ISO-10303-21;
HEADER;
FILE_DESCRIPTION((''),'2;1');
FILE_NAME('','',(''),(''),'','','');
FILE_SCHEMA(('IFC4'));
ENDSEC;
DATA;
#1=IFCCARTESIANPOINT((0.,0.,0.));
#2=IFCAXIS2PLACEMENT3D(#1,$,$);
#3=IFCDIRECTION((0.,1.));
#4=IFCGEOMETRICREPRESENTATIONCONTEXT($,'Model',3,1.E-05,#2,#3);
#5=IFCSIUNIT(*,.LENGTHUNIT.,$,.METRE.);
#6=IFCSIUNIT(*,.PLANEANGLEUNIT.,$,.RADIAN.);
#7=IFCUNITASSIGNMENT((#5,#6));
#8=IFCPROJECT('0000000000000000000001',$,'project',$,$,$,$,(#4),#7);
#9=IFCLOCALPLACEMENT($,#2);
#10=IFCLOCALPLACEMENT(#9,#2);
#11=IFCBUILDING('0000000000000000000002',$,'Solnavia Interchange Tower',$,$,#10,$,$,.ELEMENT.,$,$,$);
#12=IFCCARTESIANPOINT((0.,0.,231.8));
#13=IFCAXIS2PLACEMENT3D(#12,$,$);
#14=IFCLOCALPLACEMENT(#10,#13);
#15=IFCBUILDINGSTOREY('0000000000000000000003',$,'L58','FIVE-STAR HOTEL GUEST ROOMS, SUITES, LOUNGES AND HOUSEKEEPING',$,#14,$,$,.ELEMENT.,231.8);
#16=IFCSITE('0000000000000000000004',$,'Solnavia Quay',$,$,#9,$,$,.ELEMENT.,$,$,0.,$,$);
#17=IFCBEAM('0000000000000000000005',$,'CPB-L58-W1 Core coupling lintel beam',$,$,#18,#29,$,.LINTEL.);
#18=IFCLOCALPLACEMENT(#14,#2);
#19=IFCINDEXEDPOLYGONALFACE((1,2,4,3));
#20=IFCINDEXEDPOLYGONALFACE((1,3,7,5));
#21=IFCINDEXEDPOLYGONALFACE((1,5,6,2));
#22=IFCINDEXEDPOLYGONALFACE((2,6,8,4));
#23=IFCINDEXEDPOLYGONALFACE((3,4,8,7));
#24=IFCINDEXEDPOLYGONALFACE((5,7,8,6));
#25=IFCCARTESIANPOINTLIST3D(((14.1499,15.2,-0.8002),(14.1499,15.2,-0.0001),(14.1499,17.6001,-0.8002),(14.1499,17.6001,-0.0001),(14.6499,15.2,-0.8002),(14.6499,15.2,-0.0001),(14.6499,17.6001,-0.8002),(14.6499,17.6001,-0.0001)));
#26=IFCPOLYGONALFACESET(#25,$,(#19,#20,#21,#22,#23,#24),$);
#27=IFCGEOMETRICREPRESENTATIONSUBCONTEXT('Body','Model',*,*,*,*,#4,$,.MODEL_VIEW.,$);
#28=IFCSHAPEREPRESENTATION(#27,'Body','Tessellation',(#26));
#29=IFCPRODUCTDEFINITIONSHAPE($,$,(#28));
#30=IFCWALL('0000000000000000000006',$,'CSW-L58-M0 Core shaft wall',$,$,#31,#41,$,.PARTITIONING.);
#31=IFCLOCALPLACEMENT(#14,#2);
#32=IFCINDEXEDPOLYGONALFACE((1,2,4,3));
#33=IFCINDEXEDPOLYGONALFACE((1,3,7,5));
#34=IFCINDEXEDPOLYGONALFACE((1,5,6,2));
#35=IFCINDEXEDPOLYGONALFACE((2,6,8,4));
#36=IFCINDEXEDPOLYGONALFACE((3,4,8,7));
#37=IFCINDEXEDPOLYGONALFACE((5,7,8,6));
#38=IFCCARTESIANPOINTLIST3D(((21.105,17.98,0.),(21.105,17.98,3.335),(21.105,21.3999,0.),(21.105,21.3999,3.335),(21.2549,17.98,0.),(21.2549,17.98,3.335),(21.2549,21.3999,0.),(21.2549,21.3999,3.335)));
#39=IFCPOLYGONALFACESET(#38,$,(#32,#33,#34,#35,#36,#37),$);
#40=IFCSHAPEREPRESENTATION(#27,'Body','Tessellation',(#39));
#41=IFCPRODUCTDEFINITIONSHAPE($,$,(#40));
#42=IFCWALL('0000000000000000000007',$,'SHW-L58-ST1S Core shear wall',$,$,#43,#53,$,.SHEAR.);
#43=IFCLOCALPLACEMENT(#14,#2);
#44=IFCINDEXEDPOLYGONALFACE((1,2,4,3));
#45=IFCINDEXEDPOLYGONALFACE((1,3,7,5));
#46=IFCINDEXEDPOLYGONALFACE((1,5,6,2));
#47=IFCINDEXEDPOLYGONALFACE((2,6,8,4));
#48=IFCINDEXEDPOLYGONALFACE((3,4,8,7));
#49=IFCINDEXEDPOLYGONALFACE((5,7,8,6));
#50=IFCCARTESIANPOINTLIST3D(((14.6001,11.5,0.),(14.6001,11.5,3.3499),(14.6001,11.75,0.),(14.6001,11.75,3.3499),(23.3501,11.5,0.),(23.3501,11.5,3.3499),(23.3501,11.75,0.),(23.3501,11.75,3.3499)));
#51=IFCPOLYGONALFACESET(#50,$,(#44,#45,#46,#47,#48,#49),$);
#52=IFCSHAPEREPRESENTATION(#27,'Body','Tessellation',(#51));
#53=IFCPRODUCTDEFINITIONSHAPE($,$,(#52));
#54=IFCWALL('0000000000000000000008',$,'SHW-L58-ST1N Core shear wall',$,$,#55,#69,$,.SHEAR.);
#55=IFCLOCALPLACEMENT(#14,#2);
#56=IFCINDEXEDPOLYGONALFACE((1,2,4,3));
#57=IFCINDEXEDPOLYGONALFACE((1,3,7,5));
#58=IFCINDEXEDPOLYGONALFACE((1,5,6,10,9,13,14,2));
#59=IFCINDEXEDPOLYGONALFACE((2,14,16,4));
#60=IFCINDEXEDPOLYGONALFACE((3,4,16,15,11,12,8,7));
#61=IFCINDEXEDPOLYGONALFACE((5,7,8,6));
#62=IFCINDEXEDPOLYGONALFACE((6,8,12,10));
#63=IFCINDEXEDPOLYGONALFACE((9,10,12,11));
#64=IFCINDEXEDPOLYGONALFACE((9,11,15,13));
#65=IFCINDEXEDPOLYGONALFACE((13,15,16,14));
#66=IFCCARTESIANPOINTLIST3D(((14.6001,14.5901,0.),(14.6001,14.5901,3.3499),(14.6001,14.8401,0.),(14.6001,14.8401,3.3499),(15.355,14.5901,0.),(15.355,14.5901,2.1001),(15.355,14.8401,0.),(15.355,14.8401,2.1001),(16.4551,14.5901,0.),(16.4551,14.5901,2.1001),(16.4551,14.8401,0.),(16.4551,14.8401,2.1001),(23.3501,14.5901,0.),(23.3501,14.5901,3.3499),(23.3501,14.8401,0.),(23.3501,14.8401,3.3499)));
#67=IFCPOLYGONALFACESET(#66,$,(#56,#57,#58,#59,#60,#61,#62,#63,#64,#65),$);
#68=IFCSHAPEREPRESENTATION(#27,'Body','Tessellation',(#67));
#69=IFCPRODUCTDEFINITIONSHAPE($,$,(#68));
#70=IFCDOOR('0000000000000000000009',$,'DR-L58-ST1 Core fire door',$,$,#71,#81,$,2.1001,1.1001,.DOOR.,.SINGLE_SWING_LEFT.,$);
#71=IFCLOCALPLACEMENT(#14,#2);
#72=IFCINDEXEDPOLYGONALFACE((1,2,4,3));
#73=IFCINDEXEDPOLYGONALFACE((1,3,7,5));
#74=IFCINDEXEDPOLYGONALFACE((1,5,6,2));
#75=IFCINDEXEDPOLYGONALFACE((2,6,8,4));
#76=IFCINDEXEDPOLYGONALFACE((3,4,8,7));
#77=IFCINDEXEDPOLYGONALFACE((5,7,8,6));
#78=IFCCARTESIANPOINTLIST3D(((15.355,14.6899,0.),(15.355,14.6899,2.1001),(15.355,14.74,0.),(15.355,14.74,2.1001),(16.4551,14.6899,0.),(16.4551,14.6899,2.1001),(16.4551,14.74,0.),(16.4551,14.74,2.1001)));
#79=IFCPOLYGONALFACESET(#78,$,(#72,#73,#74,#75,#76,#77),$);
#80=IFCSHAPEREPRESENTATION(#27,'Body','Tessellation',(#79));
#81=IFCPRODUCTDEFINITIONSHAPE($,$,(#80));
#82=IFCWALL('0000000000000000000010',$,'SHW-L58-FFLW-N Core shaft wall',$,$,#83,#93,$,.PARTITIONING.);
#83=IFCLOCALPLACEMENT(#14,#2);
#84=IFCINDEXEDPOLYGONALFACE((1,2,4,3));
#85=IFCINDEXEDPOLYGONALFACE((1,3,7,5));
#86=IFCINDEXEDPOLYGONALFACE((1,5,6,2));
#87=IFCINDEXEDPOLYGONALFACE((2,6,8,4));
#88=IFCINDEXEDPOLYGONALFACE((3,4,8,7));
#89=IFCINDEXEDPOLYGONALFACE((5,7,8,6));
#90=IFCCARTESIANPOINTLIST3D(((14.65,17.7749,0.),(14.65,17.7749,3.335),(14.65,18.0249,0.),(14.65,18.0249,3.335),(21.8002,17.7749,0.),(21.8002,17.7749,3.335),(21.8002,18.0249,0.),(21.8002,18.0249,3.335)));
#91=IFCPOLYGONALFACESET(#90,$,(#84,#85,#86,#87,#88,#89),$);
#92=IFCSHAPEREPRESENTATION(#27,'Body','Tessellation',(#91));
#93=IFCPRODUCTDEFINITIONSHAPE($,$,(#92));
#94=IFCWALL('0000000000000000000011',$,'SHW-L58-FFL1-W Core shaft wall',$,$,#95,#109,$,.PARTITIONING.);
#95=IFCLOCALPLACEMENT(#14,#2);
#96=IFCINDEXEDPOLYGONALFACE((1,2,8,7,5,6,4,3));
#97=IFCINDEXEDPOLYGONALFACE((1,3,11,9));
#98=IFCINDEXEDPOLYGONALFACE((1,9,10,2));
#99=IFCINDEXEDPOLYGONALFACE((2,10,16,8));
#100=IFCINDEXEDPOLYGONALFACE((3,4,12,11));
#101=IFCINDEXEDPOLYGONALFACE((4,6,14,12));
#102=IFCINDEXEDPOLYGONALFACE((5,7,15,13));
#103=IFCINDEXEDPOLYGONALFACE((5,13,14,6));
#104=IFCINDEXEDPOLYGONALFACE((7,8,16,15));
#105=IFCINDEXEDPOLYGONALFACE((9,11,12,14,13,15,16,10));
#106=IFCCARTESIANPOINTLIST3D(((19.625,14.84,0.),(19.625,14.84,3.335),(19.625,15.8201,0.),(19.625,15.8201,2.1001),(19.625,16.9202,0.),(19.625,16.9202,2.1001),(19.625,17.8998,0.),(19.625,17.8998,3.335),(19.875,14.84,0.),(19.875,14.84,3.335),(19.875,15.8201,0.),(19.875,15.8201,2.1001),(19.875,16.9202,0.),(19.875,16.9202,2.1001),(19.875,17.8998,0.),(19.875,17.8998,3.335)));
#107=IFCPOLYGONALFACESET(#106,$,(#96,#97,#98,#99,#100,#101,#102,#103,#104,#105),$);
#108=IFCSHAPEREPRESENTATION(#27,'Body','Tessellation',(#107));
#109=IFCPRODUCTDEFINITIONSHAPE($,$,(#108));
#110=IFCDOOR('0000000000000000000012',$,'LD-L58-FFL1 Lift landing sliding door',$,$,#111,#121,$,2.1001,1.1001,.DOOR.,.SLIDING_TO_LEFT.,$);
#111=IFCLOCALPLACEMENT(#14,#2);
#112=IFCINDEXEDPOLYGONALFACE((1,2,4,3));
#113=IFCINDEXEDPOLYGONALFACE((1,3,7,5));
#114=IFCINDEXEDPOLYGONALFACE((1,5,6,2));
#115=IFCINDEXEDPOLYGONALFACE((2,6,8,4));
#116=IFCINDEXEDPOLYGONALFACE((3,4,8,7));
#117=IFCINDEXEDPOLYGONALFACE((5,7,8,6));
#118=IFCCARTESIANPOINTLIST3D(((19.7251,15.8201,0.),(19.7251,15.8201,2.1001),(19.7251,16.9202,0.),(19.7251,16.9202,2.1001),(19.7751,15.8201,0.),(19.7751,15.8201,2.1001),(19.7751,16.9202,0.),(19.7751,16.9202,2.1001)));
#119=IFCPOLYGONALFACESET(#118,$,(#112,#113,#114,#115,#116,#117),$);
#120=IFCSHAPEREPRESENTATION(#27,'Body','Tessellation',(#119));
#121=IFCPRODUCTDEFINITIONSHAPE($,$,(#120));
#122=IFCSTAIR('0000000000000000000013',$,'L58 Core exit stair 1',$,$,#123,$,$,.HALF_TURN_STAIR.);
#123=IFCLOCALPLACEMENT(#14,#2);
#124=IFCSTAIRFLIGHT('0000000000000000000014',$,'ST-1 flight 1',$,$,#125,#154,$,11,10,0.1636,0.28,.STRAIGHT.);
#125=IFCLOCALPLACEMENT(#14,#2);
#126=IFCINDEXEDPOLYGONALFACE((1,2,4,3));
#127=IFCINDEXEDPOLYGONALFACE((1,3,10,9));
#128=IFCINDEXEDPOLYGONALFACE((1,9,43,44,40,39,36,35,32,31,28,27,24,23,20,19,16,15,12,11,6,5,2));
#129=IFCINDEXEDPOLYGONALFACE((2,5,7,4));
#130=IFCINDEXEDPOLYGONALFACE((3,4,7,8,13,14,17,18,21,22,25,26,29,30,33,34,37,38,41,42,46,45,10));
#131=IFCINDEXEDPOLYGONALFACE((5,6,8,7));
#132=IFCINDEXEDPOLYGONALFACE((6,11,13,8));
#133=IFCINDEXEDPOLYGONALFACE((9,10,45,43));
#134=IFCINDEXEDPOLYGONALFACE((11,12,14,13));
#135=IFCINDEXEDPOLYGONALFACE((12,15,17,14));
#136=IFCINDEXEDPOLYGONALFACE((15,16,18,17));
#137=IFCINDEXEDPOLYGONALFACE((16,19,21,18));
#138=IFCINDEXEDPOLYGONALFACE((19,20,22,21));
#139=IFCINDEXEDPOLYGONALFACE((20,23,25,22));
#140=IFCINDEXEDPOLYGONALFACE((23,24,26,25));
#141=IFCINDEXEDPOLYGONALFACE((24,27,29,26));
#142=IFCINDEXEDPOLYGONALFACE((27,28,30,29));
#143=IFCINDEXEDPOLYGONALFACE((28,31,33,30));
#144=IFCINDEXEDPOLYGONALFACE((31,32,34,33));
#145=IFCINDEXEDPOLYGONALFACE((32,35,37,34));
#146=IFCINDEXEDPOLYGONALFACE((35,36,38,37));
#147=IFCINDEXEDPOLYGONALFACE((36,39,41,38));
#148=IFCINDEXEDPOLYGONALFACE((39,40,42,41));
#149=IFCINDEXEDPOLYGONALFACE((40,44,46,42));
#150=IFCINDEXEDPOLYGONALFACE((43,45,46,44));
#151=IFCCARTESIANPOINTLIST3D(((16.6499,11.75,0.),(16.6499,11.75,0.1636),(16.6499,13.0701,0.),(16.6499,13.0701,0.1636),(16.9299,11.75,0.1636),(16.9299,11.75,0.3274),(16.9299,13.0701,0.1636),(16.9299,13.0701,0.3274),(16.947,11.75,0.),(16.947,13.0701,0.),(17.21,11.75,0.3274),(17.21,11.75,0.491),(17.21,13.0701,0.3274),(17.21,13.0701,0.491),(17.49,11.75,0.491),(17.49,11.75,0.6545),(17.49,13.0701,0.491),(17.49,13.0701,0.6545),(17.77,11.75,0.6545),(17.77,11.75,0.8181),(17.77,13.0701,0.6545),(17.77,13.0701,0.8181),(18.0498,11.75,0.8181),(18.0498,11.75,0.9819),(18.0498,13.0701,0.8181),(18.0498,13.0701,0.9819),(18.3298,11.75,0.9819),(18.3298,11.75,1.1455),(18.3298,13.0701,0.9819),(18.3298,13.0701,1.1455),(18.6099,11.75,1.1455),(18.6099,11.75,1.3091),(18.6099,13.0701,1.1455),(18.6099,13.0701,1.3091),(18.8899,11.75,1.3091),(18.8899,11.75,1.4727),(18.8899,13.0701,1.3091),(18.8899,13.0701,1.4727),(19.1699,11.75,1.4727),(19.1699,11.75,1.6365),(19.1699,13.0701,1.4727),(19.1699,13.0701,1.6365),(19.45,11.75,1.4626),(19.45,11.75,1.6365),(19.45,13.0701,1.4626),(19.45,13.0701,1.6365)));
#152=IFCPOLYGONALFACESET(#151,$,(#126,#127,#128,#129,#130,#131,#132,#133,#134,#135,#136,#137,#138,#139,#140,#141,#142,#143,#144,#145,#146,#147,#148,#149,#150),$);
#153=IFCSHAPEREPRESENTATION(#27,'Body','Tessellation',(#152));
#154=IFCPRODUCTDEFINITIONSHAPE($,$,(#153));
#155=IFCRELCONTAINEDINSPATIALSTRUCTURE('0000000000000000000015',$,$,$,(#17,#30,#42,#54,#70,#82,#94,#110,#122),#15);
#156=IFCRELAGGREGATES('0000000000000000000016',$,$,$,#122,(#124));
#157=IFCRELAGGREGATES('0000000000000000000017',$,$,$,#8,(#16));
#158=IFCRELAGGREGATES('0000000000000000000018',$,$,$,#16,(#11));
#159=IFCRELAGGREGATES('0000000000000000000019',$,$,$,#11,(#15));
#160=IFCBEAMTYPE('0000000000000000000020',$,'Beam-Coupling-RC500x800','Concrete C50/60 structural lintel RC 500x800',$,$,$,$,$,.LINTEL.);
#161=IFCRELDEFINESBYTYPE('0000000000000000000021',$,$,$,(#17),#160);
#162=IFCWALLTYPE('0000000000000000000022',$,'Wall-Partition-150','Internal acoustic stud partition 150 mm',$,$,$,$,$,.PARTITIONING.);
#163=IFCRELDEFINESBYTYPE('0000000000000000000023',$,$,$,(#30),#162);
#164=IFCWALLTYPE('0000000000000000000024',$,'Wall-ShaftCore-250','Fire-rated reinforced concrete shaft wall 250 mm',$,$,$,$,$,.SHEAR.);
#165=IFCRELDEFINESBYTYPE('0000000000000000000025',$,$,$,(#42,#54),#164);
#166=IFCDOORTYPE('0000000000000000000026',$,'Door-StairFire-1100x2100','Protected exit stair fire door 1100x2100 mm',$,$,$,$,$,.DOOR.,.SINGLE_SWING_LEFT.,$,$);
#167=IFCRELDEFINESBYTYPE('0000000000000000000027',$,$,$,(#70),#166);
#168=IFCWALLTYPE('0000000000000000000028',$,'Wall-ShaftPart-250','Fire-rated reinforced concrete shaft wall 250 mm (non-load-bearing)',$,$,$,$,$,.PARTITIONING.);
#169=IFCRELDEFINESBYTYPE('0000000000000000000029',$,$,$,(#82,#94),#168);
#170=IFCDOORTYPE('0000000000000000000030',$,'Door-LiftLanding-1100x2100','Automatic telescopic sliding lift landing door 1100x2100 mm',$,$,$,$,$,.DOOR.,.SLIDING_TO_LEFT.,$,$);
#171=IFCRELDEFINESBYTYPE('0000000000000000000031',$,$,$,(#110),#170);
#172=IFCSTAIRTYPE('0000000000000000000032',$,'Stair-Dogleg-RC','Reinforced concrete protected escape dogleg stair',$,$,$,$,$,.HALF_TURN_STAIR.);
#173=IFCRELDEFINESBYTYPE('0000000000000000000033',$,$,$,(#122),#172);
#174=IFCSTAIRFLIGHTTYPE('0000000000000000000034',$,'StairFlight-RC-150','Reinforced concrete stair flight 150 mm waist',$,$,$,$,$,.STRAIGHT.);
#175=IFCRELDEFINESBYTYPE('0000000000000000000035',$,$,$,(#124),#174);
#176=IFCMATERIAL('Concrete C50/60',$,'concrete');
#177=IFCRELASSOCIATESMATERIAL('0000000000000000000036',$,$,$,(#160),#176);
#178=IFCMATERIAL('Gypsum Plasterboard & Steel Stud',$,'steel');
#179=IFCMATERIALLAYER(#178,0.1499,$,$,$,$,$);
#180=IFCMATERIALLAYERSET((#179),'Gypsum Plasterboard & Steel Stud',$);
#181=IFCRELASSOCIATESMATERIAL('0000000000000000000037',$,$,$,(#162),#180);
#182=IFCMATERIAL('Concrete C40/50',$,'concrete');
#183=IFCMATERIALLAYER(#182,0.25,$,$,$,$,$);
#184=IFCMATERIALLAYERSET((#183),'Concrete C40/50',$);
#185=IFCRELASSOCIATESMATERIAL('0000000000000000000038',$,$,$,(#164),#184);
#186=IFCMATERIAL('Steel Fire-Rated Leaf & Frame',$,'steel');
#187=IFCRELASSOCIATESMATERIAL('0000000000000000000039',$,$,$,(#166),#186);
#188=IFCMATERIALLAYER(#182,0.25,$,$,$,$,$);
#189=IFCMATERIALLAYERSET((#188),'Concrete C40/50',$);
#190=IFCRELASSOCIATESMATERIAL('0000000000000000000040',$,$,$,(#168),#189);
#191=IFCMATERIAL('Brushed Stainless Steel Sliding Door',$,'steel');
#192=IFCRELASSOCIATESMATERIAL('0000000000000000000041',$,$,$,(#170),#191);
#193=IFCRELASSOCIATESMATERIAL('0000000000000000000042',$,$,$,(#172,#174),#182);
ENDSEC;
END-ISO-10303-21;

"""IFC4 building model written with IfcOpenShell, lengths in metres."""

from ifc_helpers import new_model, si_unit, direction, frame, frame_2d, origin, origin_2d, place, context, subcontext, project, spatial, polyline, rectangle, outline, extrude, material, layer, layer_set, material_profile, profile_set, type_object, element, fill, aggregate, save


model = new_model("IFC4")

# Units and contexts
model_context = context("Model", 3, precision=1e-05, world=origin(), true_north=direction((0.0, 1.0)))
body_context = subcontext(model_context, "Body", "Model", "MODEL_VIEW")
ifc_project = project(units=[si_unit("LENGTHUNIT", "METRE"), si_unit("PLANEANGLEUNIT", "RADIAN")], contexts=[model_context])

# Site, building, storey
site_placement = place(None, origin())
site = spatial("IfcSite", under=ifc_project, at=site_placement, Name="Solnavia Quay", CompositionType="ELEMENT", RefElevation=0.0)
building_placement = place(site_placement, origin())
building = spatial("IfcBuilding", under=site, at=building_placement, Name="Solnavia Interchange Tower", CompositionType="ELEMENT")
storey_placement = place(building_placement, frame((0.0, 0.0, 231.8)))
storey = spatial("IfcBuildingStorey", under=building, at=storey_placement, Name="L58", Description="FIVE-STAR HOTEL GUEST ROOMS, SUITES, LOUNGES AND HOUSEKEEPING", CompositionType="ELEMENT", Elevation=231.8)

# Beam
ifc_material_1 = material(Name="Concrete C50/60", Category="concrete")
ifc_material_profile = material_profile(ifc_material_1, rectangle(XDim=0.5, YDim=0.8, at=origin_2d()), Name="RC 500x800")
ifc_profile_set = profile_set([ifc_material_profile], Name="Concrete C50/60")
beam_type = type_object("IfcBeamType", Name="Beam-Coupling-RC500x800", Description="Concrete C50/60 structural lintel RC 500x800", PredefinedType="LINTEL", material=ifc_profile_set)
beam_placement = place(storey_placement, frame((14.3999, 15.2, -0.4001), z_axis=(0.0, 1.0, 0.0), x_axis=(-1.0, 0.0, 0.0)))
element("IfcBeam", 1, at=beam_placement, inside=storey, type_object=beam_type, Name="CPB-L58-W1 Core coupling lintel beam", PredefinedType="LINTEL", context=body_context, shape_type="SweptSolid", body=[
    extrude(rectangle(XDim=0.5, YDim=0.8, at=origin_2d()), origin(), (0.0, 0.0, 1.0), 2.4001),
])

# Walls
ifc_material_2 = material(Name="Gypsum Plasterboard & Steel Stud", Category="steel")
ifc_layer_1 = layer(ifc_material_2, 0.1499)
ifc_layer_set_1 = layer_set([ifc_layer_1], Name="Gypsum Plasterboard & Steel Stud")
wall_type_1 = type_object("IfcWallType", Name="Wall-Partition-150", Description="Internal acoustic stud partition 150 mm", PredefinedType="PARTITIONING", material=ifc_layer_set_1)
wall_1_placement = place(storey_placement, frame((21.1799, 17.98, 0.0), z_axis=(0.0, 0.0, 1.0), x_axis=(0.0, 1.0, 0.0)))
element("IfcWall", 2, at=wall_1_placement, inside=storey, type_object=wall_type_1, Name="CSW-L58-M0 Core shaft wall", PredefinedType="PARTITIONING", context=body_context, shape_type="SweptSolid", body=[
    extrude(rectangle(XDim=3.4199, YDim=0.1499, at=frame_2d((1.71, 0.0))), origin(), (0.0, 0.0, 1.0), 3.335),
])
ifc_material_3 = material(Name="Concrete C40/50", Category="concrete")
ifc_layer_2 = layer(ifc_material_3, 0.25)
ifc_layer_set_2 = layer_set([ifc_layer_2], Name="Concrete C40/50")
wall_type_2 = type_object("IfcWallType", Name="Wall-ShaftCore-250", Description="Fire-rated reinforced concrete shaft wall 250 mm", PredefinedType="SHEAR", material=ifc_layer_set_2)
wall_2_placement = place(storey_placement, frame((14.6001, 11.625, 0.0), z_axis=(0.0, 0.0, 1.0), x_axis=(1.0, 0.0, 0.0)))
element("IfcWall", 3, at=wall_2_placement, inside=storey, type_object=wall_type_2, Name="SHW-L58-ST1S Core shear wall", PredefinedType="SHEAR", context=body_context, shape_type="SweptSolid", body=[
    extrude(rectangle(XDim=8.75, YDim=0.25, at=frame_2d((4.375, 0.0))), origin(), (0.0, 0.0, 1.0), 3.3499),
])

# Wall, opening, door
wall_3_placement = place(storey_placement, frame((14.6001, 14.7151, 0.0), z_axis=(0.0, 0.0, 1.0), x_axis=(1.0, 0.0, 0.0)))
wall_3 = element("IfcWall", 4, at=wall_3_placement, inside=storey, type_object=wall_type_2, Name="SHW-L58-ST1N Core shear wall", PredefinedType="SHEAR", context=body_context, shape_type="SweptSolid", body=[
    extrude(rectangle(XDim=8.75, YDim=0.25, at=frame_2d((4.375, 0.0))), origin(), (0.0, 0.0, 1.0), 3.3499),
])
opening_1_placement = place(wall_3_placement, frame((0.7549, 0.0, 0.0)))
opening_1 = element("IfcOpeningElement", 5, at=opening_1_placement, cuts=wall_3, PredefinedType="OPENING", context=body_context, shape_type="SweptSolid", body=[
    extrude(rectangle(XDim=1.1001, YDim=2.1001, at=frame_2d((0.55, 1.05))), frame((0.0, 0.135, 0.0), z_axis=(0.0, -1.0, 0.0), x_axis=(1.0, 0.0, 0.0)), (0.0, 0.0, 1.0), 0.27),
])
ifc_material_4 = material(Name="Steel Fire-Rated Leaf & Frame", Category="steel")
door_type_1 = type_object("IfcDoorType", Name="Door-StairFire-1100x2100", Description="Protected exit stair fire door 1100x2100 mm", OperationType="SINGLE_SWING_LEFT", PredefinedType="DOOR", material=ifc_material_4)
door_1_placement = place(opening_1_placement, origin())
door_1 = element("IfcDoor", 6, at=door_1_placement, inside=storey, type_object=door_type_1, Name="DR-L58-ST1 Core fire door", OperationType="SINGLE_SWING_LEFT", OverallHeight=2.1001, OverallWidth=1.1001, PredefinedType="DOOR", context=body_context, shape_type="SweptSolid", body=[
    extrude(rectangle(XDim=1.1001, YDim=2.1001, at=frame_2d((0.55, 1.05))), frame((0.0, 0.0249, 0.0), z_axis=(0.0, -1.0, 0.0), x_axis=(1.0, 0.0, 0.0)), (0.0, 0.0, 1.0), 0.05),
])
fill(opening_1, door_1)

# Wall
ifc_layer_3 = layer(ifc_material_3, 0.25)
ifc_layer_set_3 = layer_set([ifc_layer_3], Name="Concrete C40/50")
wall_type_3 = type_object("IfcWallType", Name="Wall-ShaftPart-250", Description="Fire-rated reinforced concrete shaft wall 250 mm (non-load-bearing)", PredefinedType="PARTITIONING", material=ifc_layer_set_3)
wall_4_placement = place(storey_placement, frame((14.6499, 17.8999, 0.0), z_axis=(0.0, 0.0, 1.0), x_axis=(1.0, 0.0, 0.0)))
element("IfcWall", 7, at=wall_4_placement, inside=storey, type_object=wall_type_3, Name="SHW-L58-FFLW-N Core shaft wall", PredefinedType="PARTITIONING", context=body_context, shape_type="SweptSolid", body=[
    extrude(rectangle(XDim=7.1501, YDim=0.25, at=frame_2d((3.5752, 0.0))), origin(), (0.0, 0.0, 1.0), 3.335),
])

# Wall, opening, door
wall_5_placement = place(storey_placement, frame((19.75, 14.8401, 0.0), z_axis=(0.0, 0.0, 1.0), x_axis=(0.0, 1.0, 0.0)))
wall_5 = element("IfcWall", 8, at=wall_5_placement, inside=storey, type_object=wall_type_3, Name="SHW-L58-FFL1-W Core shaft wall", PredefinedType="PARTITIONING", context=body_context, shape_type="SweptSolid", body=[
    extrude(rectangle(XDim=3.0598, YDim=0.25, at=frame_2d((1.5298, 0.0))), origin(), (0.0, 0.0, 1.0), 3.335),
])
opening_2_placement = place(wall_5_placement, frame((0.98, 0.0, 0.0)))
opening_2 = element("IfcOpeningElement", 9, at=opening_2_placement, cuts=wall_5, PredefinedType="OPENING", context=body_context, shape_type="SweptSolid", body=[
    extrude(rectangle(XDim=1.1001, YDim=2.1001, at=frame_2d((0.55, 1.05))), frame((0.0, 0.135, 0.0), z_axis=(0.0, -1.0, 0.0), x_axis=(1.0, 0.0, 0.0)), (0.0, 0.0, 1.0), 0.27),
])
ifc_material_5 = material(Name="Brushed Stainless Steel Sliding Door", Category="steel")
door_type_2 = type_object("IfcDoorType", Name="Door-LiftLanding-1100x2100", Description="Automatic telescopic sliding lift landing door 1100x2100 mm", OperationType="SLIDING_TO_LEFT", PredefinedType="DOOR", material=ifc_material_5)
door_2_placement = place(opening_2_placement, origin())
door_2 = element("IfcDoor", 10, at=door_2_placement, inside=storey, type_object=door_type_2, Name="LD-L58-FFL1 Lift landing sliding door", OperationType="SLIDING_TO_LEFT", OverallHeight=2.1001, OverallWidth=1.1001, PredefinedType="DOOR", context=body_context, shape_type="SweptSolid", body=[
    extrude(rectangle(XDim=1.1001, YDim=2.1001, at=frame_2d((0.55, 1.05))), frame((0.0, 0.0249, 0.0), z_axis=(0.0, -1.0, 0.0), x_axis=(1.0, 0.0, 0.0)), (0.0, 0.0, 1.0), 0.05),
])
fill(opening_2, door_2)

# Stair, stair flight
stair_type = type_object("IfcStairType", Name="Stair-Dogleg-RC", Description="Reinforced concrete protected escape dogleg stair", PredefinedType="HALF_TURN_STAIR", material=ifc_material_3)
stair_placement = place(storey_placement, origin())
stair = element("IfcStair", 11, at=stair_placement, inside=storey, type_object=stair_type, Name="L58 Core exit stair 1", PredefinedType="HALF_TURN_STAIR")
stair_flight_type = type_object("IfcStairFlightType", Name="StairFlight-RC-150", Description="Reinforced concrete stair flight 150 mm waist", PredefinedType="STRAIGHT", material=ifc_material_3)
stair_flight_1_placement = place(storey_placement, frame((16.6499, 12.4099, 0.0), z_axis=(0.0, 0.0, 1.0), x_axis=(1.0, 0.0, 0.0)))
stair_flight_1 = element("IfcStairFlight", 12, at=stair_flight_1_placement, type_object=stair_flight_type, Name="ST-1 flight 1", NumberOfRisers=11, NumberOfTreads=10, PredefinedType="STRAIGHT", RiserHeight=0.1636, TreadLength=0.28, context=body_context, shape_type="SweptSolid", body=[
    extrude(outline(polyline([(0.0, 0.0), (0.0, 0.1636), (0.28, 0.1636), (0.28, 0.3274), (0.5601, 0.3274), (0.5601, 0.491), (0.8401, 0.491), (0.8401, 0.6545), (1.1201, 0.6545), (1.1201, 0.8181), (1.3999, 0.8181), (1.3999, 0.9819), (1.6799, 0.9819), (1.6799, 1.1455), (1.96, 1.1455), (1.96, 1.3091), (2.24, 1.3091), (2.24, 1.4727), (2.52, 1.4727), (2.52, 1.6365), (2.8, 1.6365), (2.8, 1.8), (2.8, 1.4626), (0.2971, 0.0), (0.0, 0.0)])), frame((0.0, 0.6602, 0.0), z_axis=(0.0, -1.0, 0.0), x_axis=(1.0, 0.0, 0.0)), (0.0, 0.0, 1.0), 1.3201),
])
aggregate(stair, [stair_flight_1])

save(model, "model.ifc")
